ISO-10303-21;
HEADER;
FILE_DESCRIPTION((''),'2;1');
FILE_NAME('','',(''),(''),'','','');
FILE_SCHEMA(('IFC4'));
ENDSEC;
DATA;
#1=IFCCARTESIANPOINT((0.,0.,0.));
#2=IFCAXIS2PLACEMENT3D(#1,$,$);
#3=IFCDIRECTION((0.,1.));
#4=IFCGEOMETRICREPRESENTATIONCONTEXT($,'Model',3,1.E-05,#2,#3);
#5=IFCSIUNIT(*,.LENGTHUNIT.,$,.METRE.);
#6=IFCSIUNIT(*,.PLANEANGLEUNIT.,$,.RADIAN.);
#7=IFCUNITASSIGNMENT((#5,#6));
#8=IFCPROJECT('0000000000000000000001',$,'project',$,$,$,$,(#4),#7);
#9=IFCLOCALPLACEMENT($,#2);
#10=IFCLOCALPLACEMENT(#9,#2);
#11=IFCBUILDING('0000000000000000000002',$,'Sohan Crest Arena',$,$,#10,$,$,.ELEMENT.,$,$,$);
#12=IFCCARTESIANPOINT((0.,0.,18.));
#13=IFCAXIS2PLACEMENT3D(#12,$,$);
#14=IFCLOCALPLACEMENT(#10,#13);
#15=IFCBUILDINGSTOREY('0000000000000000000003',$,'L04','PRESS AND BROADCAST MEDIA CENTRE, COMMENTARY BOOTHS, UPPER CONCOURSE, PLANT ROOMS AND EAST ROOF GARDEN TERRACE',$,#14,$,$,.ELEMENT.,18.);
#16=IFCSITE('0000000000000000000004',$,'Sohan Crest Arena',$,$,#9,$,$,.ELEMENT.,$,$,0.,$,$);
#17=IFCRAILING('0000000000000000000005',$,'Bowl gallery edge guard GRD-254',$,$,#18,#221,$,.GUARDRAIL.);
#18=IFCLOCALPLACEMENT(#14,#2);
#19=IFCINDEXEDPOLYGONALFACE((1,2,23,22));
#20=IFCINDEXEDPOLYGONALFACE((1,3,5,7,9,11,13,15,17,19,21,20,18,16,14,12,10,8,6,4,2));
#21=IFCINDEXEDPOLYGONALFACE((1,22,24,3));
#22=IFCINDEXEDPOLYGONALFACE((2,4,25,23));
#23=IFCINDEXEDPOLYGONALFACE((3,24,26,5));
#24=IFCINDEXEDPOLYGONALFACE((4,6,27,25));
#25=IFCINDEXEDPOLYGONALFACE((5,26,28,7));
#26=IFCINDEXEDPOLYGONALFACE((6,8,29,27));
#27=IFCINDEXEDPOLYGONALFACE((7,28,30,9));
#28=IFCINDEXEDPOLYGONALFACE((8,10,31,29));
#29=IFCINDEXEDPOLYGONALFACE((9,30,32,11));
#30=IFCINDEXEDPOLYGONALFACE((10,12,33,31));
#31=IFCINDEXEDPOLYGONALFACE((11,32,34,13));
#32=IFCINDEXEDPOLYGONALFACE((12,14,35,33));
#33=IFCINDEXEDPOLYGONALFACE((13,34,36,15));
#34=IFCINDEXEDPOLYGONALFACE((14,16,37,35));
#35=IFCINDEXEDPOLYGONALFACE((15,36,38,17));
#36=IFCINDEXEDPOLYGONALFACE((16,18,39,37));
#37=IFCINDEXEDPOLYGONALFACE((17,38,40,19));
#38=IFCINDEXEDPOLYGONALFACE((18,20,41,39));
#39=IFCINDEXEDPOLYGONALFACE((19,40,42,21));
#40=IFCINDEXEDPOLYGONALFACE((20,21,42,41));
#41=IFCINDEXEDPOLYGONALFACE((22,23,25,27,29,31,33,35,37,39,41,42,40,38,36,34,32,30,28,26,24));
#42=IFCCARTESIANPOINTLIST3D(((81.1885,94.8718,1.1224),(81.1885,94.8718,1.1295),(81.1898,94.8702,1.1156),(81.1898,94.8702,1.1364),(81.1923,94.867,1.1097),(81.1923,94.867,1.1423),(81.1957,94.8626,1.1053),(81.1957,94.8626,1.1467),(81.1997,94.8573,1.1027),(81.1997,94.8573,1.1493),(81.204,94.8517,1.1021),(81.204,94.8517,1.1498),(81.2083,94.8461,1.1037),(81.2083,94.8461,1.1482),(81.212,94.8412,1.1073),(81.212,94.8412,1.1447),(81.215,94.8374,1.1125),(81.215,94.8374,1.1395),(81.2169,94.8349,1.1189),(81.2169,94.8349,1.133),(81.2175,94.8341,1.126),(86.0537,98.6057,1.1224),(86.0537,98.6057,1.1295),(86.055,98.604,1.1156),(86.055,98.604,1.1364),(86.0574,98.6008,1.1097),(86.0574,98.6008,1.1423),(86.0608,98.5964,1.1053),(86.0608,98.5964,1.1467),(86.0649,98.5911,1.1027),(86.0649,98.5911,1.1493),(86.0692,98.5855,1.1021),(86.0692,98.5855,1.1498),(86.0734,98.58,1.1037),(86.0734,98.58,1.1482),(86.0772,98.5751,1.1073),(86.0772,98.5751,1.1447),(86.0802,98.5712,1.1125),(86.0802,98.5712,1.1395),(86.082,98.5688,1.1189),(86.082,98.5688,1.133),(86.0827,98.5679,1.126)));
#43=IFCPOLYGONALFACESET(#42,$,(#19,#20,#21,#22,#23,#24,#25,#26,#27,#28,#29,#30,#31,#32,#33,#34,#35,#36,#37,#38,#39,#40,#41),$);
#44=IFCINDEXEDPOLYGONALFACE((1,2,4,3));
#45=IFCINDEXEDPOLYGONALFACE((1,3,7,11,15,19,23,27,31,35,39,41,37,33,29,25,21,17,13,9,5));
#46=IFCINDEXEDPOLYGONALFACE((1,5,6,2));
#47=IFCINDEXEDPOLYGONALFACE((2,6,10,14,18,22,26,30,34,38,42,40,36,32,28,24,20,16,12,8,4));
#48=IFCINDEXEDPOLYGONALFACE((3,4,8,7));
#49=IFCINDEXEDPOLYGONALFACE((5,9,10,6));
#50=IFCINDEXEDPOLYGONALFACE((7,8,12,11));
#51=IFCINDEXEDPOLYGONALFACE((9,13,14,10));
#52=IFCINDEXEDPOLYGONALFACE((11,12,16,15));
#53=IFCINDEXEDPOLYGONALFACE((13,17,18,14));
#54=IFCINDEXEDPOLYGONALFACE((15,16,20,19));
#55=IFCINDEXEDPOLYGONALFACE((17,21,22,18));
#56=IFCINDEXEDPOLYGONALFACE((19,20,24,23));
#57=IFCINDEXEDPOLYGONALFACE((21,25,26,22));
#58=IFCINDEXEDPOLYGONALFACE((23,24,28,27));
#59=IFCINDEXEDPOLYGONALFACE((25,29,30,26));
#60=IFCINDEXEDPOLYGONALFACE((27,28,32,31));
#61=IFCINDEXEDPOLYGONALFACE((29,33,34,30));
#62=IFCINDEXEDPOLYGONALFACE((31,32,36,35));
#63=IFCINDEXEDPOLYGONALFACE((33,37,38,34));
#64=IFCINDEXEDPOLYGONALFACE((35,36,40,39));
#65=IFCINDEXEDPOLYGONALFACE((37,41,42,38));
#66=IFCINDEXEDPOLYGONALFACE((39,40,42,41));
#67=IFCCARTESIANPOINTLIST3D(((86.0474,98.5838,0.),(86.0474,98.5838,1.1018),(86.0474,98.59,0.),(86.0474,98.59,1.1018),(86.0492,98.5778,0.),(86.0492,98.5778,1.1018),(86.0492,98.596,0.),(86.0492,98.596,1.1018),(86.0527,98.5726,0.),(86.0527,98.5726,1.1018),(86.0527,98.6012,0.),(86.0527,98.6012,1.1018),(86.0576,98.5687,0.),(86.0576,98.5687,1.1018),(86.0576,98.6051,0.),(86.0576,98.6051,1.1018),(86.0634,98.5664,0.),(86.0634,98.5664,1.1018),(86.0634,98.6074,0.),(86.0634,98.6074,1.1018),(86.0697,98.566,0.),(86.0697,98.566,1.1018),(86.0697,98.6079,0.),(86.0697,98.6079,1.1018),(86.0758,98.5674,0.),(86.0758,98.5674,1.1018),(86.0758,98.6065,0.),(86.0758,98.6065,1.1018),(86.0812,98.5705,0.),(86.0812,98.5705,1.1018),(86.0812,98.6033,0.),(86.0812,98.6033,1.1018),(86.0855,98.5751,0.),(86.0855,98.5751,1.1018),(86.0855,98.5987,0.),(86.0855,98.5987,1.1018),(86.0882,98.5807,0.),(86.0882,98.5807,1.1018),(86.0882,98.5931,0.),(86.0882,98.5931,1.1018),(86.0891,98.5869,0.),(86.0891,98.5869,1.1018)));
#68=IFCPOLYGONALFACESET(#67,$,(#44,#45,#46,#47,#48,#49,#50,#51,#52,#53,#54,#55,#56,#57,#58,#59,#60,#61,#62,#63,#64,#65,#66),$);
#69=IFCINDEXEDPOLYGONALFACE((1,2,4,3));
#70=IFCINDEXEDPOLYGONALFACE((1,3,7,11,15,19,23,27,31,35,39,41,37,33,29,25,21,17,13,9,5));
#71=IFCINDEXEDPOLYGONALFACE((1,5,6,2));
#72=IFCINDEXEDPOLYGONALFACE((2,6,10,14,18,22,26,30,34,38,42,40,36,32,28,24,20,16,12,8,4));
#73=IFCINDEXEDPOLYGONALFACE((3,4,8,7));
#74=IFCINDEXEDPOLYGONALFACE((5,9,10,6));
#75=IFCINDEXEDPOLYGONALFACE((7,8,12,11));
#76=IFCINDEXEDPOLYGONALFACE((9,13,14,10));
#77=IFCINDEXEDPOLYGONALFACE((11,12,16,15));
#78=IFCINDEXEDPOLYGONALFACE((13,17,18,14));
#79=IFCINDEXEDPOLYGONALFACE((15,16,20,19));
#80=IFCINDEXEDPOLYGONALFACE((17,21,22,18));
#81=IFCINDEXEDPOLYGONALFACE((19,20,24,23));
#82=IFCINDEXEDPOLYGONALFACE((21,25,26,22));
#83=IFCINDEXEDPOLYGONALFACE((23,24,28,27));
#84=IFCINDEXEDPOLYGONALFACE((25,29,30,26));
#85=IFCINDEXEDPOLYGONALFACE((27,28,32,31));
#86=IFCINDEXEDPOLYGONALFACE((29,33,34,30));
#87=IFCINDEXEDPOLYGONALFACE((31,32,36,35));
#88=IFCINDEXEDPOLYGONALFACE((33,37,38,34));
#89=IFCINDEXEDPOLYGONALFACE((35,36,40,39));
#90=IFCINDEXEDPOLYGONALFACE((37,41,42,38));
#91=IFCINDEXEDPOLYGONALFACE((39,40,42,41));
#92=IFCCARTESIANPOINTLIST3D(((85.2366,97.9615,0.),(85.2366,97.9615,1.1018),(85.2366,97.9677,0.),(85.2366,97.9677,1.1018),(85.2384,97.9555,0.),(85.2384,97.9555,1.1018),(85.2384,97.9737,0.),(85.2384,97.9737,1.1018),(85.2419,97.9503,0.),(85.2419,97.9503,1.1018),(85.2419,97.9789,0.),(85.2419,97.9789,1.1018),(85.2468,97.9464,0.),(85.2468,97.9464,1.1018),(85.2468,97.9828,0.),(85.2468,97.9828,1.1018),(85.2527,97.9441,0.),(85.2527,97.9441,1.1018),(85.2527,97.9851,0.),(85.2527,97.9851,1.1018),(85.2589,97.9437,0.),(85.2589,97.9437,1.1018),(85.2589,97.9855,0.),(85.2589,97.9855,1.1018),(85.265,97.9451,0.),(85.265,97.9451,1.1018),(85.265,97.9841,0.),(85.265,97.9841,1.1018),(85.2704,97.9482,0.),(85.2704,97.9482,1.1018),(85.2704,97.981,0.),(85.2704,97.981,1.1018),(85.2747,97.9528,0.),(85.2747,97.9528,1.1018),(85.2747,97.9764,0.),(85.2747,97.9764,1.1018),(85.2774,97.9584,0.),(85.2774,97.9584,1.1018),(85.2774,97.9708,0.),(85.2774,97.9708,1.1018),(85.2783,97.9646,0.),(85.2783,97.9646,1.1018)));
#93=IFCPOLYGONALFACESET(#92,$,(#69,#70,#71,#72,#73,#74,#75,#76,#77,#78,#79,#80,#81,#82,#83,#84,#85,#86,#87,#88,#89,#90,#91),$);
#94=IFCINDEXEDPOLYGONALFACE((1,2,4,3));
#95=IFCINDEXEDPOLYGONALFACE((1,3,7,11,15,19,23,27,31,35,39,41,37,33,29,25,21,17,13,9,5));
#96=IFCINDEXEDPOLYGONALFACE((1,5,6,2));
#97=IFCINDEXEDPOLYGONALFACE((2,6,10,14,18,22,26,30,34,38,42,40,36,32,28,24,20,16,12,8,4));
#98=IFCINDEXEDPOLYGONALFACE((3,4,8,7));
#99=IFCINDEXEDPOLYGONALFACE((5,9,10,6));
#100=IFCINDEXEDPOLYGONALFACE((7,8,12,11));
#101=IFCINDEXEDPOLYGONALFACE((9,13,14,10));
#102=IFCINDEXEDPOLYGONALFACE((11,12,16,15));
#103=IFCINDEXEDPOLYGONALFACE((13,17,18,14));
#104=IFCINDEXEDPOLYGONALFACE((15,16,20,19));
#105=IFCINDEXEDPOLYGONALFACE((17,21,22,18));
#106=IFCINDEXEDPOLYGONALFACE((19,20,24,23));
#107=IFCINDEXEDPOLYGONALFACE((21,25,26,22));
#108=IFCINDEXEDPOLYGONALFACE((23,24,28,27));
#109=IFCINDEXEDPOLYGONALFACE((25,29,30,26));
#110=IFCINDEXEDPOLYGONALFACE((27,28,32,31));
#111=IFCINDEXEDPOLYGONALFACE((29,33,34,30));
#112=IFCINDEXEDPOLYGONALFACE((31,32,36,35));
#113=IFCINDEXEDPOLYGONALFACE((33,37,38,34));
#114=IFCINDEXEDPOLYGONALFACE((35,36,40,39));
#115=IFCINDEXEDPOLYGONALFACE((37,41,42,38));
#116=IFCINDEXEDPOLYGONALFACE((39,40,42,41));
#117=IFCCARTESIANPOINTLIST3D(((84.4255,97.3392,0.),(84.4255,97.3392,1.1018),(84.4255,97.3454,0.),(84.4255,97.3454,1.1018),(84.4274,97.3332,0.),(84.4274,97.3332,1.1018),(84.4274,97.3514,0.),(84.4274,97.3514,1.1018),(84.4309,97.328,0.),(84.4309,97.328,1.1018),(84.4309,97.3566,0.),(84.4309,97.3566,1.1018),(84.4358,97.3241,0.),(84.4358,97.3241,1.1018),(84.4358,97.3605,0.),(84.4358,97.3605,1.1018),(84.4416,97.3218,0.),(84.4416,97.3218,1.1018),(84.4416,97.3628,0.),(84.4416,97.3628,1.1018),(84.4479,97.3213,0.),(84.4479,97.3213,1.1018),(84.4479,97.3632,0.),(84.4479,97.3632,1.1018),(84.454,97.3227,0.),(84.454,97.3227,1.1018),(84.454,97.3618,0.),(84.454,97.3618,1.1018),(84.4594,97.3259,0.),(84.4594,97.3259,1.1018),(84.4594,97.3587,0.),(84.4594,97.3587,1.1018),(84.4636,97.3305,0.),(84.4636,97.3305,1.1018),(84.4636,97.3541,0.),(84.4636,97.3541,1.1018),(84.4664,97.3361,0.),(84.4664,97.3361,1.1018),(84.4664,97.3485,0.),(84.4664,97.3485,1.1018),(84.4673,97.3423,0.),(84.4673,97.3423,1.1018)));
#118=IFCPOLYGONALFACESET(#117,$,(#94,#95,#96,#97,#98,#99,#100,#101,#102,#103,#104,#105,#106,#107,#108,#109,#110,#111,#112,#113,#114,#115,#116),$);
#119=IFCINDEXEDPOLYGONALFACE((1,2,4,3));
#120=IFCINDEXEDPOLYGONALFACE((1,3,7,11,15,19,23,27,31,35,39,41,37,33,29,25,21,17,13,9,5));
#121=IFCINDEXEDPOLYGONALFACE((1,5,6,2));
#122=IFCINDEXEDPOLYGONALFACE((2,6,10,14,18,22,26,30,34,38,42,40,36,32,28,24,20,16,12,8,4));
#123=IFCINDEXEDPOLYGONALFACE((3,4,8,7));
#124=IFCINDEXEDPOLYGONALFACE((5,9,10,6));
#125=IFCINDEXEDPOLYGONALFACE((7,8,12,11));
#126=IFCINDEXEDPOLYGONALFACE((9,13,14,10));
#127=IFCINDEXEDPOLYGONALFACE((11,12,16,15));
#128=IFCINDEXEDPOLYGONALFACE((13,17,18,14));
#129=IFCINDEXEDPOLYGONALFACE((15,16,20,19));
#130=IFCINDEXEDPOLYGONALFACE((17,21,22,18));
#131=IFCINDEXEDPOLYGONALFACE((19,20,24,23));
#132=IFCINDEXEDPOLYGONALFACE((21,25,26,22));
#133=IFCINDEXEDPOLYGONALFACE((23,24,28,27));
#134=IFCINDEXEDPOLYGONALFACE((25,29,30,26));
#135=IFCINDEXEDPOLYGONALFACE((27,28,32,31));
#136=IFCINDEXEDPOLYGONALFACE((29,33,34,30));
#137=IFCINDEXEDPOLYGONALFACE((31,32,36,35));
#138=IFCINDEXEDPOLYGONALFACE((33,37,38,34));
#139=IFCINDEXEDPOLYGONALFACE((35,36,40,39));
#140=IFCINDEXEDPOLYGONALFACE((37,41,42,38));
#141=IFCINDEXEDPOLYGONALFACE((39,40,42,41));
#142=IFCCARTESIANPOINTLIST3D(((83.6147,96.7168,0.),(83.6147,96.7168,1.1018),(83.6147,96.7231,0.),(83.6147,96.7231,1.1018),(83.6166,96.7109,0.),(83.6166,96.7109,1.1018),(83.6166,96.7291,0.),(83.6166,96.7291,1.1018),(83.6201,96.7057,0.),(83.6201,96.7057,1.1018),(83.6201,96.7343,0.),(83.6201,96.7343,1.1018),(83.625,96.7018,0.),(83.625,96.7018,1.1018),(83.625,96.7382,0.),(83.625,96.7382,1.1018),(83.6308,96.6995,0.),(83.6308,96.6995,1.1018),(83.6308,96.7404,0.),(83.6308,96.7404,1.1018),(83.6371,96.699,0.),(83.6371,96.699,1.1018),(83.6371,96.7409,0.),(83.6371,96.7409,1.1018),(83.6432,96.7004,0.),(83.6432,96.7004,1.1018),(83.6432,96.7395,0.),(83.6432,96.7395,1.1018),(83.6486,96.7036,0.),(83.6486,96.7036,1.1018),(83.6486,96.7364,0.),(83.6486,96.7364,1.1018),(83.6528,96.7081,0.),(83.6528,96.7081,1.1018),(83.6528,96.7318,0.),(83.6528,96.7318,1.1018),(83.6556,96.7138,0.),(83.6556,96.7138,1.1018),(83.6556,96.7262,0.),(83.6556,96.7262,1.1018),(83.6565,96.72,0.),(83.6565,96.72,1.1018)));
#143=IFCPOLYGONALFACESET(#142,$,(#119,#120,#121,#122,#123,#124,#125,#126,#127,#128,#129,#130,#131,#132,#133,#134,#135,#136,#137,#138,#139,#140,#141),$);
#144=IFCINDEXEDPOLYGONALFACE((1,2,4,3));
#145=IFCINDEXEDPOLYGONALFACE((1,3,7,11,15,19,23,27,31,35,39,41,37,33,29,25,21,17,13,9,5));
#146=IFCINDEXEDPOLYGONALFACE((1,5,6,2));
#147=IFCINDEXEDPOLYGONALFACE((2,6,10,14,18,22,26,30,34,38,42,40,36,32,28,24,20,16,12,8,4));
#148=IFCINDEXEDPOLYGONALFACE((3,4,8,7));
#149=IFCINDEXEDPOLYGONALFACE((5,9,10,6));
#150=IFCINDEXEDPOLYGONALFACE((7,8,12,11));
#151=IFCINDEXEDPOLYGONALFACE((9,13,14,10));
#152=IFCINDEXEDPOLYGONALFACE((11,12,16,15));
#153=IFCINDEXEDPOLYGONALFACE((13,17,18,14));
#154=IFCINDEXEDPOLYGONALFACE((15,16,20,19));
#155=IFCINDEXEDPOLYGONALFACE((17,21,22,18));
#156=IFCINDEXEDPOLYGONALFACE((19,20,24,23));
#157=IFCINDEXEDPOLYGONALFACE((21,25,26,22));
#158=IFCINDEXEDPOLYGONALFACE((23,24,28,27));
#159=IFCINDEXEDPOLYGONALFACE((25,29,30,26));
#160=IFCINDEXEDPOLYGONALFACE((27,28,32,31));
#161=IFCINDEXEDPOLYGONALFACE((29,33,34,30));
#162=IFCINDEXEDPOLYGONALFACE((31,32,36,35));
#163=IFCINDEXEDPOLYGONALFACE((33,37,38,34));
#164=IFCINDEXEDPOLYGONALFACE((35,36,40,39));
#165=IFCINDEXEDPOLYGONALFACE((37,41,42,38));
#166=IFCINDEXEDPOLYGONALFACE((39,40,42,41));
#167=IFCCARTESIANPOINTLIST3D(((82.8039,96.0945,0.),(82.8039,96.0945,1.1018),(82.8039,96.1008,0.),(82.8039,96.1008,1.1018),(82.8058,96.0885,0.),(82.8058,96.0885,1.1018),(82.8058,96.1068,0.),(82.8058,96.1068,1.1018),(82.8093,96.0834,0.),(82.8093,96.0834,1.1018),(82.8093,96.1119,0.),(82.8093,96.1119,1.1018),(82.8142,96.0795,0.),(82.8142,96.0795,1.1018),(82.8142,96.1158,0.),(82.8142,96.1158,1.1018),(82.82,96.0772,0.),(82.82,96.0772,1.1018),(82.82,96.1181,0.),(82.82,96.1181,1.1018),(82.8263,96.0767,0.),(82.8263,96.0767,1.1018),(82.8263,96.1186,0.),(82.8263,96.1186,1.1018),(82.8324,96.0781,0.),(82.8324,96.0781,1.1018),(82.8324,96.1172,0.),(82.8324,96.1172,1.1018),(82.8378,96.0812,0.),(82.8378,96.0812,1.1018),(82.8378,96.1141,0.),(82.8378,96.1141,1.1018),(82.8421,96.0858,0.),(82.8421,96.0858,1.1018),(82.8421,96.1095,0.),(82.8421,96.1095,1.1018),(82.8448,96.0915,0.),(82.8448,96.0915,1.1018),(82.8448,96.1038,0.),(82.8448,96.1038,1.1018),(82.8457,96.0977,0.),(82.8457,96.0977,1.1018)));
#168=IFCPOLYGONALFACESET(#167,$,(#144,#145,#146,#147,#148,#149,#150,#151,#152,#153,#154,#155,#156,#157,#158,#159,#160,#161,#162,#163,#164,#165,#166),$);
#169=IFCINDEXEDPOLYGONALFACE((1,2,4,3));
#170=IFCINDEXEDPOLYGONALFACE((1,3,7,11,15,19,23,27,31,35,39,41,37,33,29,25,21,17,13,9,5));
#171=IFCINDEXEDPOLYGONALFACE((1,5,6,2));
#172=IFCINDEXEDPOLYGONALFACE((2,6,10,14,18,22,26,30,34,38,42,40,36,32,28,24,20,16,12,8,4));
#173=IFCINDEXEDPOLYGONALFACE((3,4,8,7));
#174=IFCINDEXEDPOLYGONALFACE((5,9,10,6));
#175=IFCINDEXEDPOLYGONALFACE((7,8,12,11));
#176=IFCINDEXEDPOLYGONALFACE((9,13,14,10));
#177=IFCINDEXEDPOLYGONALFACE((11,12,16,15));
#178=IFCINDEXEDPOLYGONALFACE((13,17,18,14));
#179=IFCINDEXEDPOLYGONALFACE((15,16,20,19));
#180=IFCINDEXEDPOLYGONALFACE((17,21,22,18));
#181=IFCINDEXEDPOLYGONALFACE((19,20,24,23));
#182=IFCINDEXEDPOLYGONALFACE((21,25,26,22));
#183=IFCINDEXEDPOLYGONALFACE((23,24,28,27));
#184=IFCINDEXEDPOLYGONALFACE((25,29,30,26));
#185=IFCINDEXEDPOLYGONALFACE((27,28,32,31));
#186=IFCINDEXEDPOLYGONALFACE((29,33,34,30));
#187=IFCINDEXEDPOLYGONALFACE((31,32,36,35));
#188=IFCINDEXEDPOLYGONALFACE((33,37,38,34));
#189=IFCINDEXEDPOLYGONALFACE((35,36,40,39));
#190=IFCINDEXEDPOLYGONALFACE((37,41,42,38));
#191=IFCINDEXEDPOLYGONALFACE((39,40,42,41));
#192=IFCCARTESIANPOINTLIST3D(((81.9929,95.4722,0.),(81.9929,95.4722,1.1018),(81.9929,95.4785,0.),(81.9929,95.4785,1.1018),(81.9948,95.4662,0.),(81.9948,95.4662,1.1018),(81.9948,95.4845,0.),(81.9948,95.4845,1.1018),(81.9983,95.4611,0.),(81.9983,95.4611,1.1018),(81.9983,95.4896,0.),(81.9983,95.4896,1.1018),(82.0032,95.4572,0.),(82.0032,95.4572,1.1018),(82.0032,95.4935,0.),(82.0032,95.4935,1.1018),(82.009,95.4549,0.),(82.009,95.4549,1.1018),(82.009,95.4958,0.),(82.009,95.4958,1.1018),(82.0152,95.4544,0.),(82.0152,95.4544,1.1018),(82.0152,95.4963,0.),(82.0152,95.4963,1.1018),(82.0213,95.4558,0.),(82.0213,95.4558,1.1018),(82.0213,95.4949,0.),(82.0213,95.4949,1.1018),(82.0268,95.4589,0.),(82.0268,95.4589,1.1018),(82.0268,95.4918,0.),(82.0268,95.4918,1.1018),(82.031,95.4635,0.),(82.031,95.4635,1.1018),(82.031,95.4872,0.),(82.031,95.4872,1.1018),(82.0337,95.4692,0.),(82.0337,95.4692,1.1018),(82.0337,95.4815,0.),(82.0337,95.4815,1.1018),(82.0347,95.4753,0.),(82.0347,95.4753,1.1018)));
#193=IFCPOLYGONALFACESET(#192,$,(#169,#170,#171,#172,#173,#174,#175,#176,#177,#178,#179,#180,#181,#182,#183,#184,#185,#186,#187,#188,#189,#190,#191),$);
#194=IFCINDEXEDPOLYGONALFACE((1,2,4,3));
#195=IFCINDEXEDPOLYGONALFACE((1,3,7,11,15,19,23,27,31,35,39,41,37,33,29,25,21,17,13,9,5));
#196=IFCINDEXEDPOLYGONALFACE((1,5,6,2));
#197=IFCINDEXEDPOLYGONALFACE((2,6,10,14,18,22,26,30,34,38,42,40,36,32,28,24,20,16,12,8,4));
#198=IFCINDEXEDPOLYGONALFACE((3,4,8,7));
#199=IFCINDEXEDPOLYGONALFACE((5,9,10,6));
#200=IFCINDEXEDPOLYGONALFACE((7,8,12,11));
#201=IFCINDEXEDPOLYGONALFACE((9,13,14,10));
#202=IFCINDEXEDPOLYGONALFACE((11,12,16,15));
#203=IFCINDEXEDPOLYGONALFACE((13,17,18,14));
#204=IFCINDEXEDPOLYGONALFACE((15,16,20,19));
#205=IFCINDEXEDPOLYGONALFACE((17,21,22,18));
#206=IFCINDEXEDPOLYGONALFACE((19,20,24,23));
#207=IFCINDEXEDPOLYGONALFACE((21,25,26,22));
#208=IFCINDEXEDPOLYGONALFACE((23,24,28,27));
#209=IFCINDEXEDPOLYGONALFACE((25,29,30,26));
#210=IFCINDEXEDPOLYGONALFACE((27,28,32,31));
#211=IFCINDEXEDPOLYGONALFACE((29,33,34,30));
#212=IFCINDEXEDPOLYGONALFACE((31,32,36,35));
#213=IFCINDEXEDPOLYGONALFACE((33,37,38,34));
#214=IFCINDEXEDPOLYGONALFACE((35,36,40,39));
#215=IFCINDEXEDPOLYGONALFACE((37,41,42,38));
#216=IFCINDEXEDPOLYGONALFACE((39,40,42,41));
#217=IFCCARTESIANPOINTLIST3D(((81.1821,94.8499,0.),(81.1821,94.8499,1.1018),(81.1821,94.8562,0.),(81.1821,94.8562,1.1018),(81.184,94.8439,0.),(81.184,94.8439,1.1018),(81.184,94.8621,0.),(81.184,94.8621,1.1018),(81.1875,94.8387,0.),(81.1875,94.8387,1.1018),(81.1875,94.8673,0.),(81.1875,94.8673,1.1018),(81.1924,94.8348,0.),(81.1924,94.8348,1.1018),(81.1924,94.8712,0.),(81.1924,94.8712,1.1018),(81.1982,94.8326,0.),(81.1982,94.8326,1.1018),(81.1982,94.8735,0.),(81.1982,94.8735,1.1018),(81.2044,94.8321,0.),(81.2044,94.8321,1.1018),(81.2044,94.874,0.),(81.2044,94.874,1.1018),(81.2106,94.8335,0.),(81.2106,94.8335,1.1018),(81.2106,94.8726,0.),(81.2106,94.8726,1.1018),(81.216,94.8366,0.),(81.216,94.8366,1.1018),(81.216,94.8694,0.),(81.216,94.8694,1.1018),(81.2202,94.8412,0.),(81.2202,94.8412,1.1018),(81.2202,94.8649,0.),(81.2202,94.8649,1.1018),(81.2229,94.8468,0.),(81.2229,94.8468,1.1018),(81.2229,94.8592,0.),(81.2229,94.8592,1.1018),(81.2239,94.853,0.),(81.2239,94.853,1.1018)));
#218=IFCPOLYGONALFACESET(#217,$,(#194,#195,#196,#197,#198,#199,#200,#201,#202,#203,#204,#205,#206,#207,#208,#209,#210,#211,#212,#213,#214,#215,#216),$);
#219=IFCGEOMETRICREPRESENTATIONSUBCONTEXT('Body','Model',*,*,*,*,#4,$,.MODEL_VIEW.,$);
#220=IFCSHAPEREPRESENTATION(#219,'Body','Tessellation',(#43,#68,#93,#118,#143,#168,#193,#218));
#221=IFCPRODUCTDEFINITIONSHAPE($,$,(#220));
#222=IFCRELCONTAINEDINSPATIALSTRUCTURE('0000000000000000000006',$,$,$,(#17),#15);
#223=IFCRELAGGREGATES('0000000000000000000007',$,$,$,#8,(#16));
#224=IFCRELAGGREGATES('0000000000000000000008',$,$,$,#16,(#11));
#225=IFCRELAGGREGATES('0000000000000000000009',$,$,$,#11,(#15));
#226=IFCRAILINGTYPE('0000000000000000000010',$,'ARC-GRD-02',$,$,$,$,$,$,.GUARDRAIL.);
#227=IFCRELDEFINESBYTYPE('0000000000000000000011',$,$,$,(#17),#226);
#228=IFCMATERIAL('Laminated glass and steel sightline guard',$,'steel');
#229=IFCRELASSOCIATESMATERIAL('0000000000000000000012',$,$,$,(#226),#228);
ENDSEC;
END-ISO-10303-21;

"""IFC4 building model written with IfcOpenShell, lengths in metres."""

from ifc_helpers import new_model, si_unit, direction, frame, origin, origin_2d, place, context, subcontext, project, spatial, circle, extrude, material, type_object, element, save


model = new_model("IFC4")

# Units and contexts
model_context = context("Model", 3, precision=1e-05, world=origin(), true_north=direction((0.0, 1.0)))
body_context = subcontext(model_context, "Body", "Model", "MODEL_VIEW")
ifc_project = project(units=[si_unit("LENGTHUNIT", "METRE"), si_unit("PLANEANGLEUNIT", "RADIAN")], contexts=[model_context])

# Site, building, storey
site_placement = place(None, origin())
site = spatial("IfcSite", under=ifc_project, at=site_placement, Name="Sohan Crest Arena", CompositionType="ELEMENT", RefElevation=0.0)
building_placement = place(site_placement, origin())
building = spatial("IfcBuilding", under=site, at=building_placement, Name="Sohan Crest Arena", CompositionType="ELEMENT")
storey_placement = place(building_placement, frame((0.0, 0.0, 18.0)))
storey = spatial("IfcBuildingStorey", under=building, at=storey_placement, Name="L04", Description="PRESS AND BROADCAST MEDIA CENTRE, COMMENTARY BOOTHS, UPPER CONCOURSE, PLANT ROOMS AND EAST ROOF GARDEN TERRACE", CompositionType="ELEMENT", Elevation=18.0)

# Railing
ifc_material_1 = material(Name="Laminated glass and steel sightline guard", Category="steel")
railing_type = type_object("IfcRailingType", Name="ARC-GRD-02", PredefinedType="GUARDRAIL", material=ifc_material_1)
railing_1_placement = place(storey_placement, frame((86.0681, 98.5869, 0.0)))
element("IfcRailing", 1, at=railing_1_placement, inside=storey, type_object=railing_type, Name="Bowl gallery edge guard GRD-254", PredefinedType="GUARDRAIL", context=body_context, shape_type="SweptSolid", body=[
    extrude(circle(Radius=0.0239, at=origin_2d()), frame((0.0, 0.0, 1.126), z_axis=(-0.793301, -0.608829, 0.0), x_axis=(0.608829, -0.793301, 0.0)), (0.0, 0.0, 1.0), 6.1328),
    extrude(circle(Radius=0.021, at=origin_2d()), origin(), (0.0, 0.0, 1.0), 1.1018),
    extrude(circle(Radius=0.021, at=origin_2d()), frame((-0.8108, -0.6223, 0.0)), (0.0, 0.0, 1.0), 1.1018),
    extrude(circle(Radius=0.021, at=origin_2d()), frame((-1.6218, -1.2446, 0.0)), (0.0, 0.0, 1.0), 1.1018),
    extrude(circle(Radius=0.021, at=origin_2d()), frame((-2.4326, -1.8669, 0.0)), (0.0, 0.0, 1.0), 1.1018),
    extrude(circle(Radius=0.021, at=origin_2d()), frame((-3.2434, -2.4893, 0.0)), (0.0, 0.0, 1.0), 1.1018),
    extrude(circle(Radius=0.021, at=origin_2d()), frame((-4.0544, -3.1116, 0.0)), (0.0, 0.0, 1.0), 1.1018),
    extrude(circle(Radius=0.021, at=origin_2d()), frame((-4.8652, -3.7339, 0.0)), (0.0, 0.0, 1.0), 1.1018),
])

save(model, "model.ifc")
